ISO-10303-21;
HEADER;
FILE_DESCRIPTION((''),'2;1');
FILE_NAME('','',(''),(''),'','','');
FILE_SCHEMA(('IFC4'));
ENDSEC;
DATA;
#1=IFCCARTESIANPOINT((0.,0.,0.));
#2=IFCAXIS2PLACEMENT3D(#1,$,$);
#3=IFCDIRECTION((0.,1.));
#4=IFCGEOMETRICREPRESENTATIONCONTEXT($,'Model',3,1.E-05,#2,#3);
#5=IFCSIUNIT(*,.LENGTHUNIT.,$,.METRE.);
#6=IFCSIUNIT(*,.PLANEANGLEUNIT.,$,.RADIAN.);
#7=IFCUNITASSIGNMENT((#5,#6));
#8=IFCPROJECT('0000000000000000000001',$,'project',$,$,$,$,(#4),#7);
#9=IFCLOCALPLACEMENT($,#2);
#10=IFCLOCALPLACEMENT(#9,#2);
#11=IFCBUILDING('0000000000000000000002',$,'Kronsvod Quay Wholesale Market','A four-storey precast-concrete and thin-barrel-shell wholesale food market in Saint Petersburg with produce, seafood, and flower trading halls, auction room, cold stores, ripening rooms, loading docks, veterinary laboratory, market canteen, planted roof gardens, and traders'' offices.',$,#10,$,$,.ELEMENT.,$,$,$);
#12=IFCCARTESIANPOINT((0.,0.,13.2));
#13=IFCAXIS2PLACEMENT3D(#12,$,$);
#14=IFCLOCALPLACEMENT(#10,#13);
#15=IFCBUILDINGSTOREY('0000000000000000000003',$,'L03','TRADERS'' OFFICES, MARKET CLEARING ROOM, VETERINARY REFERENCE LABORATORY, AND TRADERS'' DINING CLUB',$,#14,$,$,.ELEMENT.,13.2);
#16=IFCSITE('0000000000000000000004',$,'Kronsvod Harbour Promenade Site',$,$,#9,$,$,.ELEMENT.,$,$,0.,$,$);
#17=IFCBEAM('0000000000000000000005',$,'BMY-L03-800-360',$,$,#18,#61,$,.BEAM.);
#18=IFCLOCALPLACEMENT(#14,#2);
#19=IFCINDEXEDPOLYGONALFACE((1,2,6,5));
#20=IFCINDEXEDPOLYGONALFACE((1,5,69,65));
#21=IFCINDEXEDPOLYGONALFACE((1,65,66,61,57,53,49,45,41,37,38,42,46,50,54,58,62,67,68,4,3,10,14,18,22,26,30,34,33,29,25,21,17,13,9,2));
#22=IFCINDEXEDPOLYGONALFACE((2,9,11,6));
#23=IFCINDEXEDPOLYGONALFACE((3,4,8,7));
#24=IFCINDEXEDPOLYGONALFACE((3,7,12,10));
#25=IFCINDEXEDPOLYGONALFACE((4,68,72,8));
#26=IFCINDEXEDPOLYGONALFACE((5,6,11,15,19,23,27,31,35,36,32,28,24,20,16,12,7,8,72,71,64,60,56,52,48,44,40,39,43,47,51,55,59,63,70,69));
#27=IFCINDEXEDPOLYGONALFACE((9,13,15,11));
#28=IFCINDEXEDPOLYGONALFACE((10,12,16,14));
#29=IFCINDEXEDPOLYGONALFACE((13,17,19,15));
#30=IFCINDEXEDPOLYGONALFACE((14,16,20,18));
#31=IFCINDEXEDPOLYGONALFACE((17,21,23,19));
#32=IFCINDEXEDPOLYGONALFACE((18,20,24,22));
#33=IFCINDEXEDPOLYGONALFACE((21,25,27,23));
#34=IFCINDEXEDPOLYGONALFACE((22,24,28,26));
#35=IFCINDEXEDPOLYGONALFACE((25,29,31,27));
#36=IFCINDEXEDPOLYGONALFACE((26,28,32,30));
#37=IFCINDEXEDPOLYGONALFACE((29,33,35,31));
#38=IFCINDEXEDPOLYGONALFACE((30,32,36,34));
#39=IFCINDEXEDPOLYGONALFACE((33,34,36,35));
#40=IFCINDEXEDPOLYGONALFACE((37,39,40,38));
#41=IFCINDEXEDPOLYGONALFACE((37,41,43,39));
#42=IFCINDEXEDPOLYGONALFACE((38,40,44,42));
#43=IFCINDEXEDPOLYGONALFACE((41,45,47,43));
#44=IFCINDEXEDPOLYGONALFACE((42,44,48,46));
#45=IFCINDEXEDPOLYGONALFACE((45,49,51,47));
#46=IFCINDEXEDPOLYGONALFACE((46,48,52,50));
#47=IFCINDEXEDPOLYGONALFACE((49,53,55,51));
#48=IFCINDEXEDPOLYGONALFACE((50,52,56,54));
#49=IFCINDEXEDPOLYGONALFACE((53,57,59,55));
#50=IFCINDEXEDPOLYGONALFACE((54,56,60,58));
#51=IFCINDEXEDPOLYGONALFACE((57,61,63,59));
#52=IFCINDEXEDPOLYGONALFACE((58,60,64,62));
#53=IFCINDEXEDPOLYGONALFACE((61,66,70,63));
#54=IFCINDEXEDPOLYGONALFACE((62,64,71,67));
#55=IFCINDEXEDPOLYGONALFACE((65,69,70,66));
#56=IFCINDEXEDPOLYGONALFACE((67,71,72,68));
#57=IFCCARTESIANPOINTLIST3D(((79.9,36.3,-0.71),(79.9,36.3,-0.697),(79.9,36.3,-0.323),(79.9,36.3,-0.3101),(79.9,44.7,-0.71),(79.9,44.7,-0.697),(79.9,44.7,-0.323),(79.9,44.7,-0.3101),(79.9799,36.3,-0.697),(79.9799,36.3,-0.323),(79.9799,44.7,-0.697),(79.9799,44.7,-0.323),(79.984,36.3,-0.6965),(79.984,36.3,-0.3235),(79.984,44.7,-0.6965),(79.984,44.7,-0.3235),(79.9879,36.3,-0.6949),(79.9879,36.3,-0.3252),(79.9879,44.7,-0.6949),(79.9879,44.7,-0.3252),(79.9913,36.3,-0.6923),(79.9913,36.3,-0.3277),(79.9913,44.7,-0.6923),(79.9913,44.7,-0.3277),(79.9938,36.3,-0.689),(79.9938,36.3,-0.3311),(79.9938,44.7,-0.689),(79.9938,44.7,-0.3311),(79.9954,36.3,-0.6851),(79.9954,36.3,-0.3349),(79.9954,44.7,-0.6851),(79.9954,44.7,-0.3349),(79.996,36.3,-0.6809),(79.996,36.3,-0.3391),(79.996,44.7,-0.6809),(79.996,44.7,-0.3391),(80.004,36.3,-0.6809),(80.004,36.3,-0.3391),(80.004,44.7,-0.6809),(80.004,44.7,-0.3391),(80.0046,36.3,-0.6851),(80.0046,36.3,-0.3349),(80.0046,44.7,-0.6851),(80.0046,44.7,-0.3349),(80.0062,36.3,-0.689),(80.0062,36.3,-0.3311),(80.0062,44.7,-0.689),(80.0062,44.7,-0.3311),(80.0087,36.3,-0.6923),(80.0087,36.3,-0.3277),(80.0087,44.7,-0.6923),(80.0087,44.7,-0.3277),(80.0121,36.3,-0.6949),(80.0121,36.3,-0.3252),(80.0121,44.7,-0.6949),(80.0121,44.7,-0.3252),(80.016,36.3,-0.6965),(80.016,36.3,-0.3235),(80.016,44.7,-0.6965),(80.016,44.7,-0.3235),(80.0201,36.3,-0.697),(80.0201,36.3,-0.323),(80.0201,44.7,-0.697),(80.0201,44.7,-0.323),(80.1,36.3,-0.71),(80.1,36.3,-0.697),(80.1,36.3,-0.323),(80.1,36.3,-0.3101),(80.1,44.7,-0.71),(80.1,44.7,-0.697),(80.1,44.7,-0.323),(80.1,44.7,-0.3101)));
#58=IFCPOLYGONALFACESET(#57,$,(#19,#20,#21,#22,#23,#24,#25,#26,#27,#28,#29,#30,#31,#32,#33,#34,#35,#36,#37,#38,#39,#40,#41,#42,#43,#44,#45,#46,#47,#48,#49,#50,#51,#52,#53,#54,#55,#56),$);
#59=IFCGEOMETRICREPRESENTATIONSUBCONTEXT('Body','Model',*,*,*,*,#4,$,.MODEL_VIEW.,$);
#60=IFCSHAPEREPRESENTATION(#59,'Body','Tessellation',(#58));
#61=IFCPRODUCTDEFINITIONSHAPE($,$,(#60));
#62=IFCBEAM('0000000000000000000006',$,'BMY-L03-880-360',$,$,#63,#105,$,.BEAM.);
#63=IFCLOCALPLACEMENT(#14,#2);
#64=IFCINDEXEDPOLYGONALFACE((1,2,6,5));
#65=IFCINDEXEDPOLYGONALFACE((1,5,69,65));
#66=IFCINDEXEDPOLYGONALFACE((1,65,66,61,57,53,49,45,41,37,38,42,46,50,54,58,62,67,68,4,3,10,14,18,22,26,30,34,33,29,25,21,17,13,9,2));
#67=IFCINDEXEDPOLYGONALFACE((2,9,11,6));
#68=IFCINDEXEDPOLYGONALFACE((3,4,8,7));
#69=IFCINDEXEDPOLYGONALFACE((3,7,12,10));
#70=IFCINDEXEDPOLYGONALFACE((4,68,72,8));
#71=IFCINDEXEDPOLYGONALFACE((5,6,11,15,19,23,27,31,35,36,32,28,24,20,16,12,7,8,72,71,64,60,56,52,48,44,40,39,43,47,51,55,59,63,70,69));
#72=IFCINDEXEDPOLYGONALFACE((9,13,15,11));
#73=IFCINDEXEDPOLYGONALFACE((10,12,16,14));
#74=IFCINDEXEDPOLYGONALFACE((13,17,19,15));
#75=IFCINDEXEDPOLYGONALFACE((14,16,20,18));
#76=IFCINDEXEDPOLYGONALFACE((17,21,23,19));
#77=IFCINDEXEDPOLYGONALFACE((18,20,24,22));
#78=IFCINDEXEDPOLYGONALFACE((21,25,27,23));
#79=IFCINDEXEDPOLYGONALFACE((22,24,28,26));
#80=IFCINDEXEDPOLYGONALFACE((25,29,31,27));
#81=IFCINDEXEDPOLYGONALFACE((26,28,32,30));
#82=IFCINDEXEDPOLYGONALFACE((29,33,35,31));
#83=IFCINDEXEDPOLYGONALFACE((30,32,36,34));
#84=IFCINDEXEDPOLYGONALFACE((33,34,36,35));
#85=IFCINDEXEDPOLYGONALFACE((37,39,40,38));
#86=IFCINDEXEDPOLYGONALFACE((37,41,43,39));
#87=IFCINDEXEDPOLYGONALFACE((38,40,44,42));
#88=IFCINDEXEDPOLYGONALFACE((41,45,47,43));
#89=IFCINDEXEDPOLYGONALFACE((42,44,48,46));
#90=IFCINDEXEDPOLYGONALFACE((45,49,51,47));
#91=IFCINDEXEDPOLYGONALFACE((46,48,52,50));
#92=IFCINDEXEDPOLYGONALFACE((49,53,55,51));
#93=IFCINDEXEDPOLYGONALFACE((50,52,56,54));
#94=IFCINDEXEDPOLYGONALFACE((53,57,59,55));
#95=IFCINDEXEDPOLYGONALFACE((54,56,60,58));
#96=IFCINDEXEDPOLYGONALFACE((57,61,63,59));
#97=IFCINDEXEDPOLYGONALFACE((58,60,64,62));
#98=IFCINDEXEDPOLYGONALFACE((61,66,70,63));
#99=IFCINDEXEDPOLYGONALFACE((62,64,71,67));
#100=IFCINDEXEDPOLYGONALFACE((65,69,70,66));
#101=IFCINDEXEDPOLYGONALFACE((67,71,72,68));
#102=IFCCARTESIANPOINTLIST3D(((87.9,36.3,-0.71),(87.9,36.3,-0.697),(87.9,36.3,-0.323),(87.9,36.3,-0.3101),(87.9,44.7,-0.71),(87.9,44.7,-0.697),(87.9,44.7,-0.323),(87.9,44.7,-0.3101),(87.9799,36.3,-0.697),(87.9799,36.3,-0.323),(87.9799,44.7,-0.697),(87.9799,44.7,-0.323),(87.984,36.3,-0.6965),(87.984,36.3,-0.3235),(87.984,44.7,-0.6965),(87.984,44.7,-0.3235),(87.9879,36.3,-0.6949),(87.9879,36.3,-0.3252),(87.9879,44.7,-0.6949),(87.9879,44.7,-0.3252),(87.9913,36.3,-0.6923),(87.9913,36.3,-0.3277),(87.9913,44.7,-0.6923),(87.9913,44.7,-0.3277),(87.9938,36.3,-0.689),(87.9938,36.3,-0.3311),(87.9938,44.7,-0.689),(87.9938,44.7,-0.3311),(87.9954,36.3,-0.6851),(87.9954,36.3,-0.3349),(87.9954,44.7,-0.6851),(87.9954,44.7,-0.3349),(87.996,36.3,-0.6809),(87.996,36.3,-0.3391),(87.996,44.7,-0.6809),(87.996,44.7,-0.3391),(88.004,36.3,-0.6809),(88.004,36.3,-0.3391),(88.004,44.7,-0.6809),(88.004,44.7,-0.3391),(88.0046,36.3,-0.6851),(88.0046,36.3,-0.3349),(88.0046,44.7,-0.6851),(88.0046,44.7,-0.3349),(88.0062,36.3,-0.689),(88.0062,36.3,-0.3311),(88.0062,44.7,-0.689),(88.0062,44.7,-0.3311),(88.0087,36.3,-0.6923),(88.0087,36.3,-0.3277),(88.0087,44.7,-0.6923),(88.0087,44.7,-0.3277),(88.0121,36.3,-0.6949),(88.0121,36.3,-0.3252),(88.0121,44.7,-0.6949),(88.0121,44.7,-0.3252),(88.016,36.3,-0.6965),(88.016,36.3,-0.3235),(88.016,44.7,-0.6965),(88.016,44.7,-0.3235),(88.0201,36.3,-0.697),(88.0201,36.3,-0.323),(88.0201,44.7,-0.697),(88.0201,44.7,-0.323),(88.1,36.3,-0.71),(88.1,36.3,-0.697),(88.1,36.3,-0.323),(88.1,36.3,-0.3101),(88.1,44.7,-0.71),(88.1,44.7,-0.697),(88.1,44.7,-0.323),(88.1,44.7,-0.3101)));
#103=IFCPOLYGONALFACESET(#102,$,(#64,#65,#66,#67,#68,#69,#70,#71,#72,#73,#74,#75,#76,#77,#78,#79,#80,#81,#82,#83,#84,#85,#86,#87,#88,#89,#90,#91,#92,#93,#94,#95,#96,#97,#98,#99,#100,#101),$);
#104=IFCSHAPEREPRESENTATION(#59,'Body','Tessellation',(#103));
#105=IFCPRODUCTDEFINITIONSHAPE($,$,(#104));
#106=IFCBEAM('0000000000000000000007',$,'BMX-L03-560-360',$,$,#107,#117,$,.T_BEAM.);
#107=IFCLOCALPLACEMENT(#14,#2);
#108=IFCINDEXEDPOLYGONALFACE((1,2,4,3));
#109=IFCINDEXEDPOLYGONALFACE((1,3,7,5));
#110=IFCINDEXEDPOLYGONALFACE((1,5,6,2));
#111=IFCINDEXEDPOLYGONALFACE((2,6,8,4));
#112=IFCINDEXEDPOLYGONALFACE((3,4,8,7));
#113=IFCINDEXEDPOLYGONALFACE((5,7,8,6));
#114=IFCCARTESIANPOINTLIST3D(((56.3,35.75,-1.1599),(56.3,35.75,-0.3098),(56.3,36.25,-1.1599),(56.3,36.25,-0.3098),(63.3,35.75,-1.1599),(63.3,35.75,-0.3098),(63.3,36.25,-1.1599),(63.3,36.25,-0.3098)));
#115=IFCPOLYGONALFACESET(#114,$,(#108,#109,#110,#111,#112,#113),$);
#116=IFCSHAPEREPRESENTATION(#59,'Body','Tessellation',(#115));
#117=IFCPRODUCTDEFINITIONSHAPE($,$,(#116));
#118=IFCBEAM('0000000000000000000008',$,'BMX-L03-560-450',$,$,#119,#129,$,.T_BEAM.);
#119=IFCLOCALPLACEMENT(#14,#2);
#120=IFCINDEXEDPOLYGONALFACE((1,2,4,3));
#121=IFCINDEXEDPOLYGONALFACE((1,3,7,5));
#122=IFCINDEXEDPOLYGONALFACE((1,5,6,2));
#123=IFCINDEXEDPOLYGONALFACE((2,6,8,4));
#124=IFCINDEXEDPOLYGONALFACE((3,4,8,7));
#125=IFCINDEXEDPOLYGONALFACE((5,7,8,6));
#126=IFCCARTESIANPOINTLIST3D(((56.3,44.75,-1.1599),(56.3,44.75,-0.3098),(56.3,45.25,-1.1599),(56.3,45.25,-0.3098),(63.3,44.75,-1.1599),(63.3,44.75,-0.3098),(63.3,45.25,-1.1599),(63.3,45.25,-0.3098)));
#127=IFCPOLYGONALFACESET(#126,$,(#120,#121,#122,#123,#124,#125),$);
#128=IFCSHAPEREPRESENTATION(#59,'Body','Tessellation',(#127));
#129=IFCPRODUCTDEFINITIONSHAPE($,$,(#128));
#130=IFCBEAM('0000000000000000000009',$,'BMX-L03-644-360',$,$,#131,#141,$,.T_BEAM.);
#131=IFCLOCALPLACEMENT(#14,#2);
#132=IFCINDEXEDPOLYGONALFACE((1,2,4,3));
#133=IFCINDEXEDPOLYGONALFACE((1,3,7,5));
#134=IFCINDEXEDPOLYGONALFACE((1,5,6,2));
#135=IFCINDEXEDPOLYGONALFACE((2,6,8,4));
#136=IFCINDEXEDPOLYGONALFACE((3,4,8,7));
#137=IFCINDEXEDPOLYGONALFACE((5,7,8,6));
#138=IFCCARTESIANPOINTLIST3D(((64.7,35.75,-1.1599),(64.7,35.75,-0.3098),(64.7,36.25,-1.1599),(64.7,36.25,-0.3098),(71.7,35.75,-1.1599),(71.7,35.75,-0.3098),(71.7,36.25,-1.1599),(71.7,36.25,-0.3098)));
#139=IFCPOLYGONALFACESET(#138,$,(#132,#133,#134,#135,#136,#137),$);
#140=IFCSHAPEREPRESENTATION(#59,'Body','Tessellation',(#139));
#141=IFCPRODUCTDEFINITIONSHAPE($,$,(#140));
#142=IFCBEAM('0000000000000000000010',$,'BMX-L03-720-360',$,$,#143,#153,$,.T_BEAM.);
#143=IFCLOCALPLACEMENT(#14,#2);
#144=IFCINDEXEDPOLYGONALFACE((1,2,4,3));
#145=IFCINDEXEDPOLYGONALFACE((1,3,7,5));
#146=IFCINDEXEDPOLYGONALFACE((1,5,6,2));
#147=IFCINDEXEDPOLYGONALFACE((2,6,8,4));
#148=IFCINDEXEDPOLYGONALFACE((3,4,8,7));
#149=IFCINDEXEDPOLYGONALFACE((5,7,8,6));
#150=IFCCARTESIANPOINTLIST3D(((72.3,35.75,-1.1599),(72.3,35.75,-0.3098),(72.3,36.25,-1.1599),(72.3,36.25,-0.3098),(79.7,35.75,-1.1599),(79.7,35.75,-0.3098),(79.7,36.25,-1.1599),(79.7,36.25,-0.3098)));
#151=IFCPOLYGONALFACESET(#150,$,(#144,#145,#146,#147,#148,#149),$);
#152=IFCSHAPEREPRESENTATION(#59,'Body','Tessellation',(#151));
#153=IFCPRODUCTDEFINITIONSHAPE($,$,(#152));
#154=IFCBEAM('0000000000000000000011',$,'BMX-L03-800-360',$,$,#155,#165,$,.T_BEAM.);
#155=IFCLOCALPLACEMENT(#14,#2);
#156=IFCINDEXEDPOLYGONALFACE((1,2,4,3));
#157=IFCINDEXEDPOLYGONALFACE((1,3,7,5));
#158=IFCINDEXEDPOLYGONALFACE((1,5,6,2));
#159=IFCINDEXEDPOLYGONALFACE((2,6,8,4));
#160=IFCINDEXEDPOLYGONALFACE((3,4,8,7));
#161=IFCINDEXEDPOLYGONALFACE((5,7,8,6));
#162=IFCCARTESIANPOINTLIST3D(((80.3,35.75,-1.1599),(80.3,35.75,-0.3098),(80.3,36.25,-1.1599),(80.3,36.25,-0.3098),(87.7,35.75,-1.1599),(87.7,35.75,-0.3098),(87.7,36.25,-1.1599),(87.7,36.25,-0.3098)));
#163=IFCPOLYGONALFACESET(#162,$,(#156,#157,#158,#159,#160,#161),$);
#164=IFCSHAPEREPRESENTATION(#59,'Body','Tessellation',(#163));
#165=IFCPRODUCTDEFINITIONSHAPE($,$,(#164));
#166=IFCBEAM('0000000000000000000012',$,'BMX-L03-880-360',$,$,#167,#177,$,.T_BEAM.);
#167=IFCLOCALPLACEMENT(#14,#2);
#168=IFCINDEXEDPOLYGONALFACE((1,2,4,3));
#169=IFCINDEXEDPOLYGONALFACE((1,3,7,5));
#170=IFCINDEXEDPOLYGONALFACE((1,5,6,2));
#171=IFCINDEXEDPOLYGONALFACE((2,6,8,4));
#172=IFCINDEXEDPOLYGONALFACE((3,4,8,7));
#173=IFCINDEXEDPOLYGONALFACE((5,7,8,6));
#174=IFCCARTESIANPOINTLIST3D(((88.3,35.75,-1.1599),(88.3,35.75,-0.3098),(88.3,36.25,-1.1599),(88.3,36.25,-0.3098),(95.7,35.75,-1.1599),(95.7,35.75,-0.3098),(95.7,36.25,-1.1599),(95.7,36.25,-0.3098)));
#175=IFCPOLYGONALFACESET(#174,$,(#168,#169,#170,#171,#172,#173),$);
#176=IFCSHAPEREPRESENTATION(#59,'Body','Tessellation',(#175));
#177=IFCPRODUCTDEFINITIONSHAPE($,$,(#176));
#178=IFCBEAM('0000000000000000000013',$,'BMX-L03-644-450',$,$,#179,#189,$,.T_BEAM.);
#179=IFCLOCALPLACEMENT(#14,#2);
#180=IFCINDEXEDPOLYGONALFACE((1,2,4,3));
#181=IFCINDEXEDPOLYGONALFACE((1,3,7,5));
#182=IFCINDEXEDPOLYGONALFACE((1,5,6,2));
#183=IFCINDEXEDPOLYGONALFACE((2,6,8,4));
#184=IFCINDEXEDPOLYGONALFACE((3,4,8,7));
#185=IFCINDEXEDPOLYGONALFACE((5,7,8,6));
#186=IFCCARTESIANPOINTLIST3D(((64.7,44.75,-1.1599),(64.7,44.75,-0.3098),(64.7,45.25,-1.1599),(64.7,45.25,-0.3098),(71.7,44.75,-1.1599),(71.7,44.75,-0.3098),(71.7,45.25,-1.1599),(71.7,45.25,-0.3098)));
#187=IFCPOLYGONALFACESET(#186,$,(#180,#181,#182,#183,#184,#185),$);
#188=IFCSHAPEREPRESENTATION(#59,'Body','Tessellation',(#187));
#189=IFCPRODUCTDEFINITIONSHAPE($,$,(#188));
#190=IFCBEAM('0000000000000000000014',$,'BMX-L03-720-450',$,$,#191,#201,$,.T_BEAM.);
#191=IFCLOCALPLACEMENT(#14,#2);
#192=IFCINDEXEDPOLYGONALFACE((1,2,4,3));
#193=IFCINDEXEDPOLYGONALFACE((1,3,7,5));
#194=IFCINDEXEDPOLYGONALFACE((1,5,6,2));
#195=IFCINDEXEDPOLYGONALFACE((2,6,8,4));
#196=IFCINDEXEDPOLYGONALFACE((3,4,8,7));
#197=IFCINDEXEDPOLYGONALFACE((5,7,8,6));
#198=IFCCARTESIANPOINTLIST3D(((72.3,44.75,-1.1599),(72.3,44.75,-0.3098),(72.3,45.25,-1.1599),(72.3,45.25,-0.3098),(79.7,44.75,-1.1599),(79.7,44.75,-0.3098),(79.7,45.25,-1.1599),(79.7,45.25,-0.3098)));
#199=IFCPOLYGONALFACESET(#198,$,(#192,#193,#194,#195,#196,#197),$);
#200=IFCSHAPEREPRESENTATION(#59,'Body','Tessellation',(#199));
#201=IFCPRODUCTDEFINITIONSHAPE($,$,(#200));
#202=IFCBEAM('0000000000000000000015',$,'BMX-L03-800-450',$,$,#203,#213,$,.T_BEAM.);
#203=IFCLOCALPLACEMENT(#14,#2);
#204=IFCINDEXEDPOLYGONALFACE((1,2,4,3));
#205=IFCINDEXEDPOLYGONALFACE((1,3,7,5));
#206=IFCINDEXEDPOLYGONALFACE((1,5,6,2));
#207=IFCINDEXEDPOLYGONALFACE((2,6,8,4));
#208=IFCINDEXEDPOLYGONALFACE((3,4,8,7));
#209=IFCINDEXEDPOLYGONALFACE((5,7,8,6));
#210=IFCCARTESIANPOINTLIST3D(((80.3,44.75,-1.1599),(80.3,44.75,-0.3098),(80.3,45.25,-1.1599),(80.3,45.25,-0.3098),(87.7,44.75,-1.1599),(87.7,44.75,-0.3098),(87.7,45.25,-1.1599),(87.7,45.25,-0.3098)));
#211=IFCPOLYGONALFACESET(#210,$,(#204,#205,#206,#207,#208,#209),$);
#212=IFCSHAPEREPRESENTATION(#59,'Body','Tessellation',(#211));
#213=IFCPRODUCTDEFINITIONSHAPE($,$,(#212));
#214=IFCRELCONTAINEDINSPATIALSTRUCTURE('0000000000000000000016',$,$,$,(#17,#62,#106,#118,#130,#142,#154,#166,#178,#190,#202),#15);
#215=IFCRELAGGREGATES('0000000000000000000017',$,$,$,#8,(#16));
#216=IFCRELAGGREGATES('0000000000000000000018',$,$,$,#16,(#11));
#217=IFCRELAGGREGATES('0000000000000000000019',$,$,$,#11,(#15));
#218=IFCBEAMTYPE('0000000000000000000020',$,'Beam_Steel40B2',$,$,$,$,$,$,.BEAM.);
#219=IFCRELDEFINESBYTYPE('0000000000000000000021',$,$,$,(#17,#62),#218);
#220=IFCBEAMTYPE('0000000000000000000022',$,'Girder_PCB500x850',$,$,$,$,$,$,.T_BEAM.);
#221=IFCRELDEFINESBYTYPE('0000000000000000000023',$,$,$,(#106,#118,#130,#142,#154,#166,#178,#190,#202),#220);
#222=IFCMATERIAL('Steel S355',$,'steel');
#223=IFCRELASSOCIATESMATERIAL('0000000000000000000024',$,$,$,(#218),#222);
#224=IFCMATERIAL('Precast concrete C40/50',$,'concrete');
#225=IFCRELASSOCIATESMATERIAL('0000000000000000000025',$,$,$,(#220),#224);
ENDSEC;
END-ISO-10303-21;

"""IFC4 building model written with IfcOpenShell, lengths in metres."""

from ifc_helpers import new_model, si_unit, direction, frame, origin, origin_2d, place, context, subcontext, project, spatial, rectangle, i_section, extrude, material, material_profile, profile_set, type_object, element, save


model = new_model("IFC4")

# Units and contexts
model_context = context("Model", 3, precision=1e-05, world=origin(), true_north=direction((0.0, 1.0)))
body_context = subcontext(model_context, "Body", "Model", "MODEL_VIEW")
ifc_project = project(units=[si_unit("LENGTHUNIT", "METRE"), si_unit("PLANEANGLEUNIT", "RADIAN")], contexts=[model_context])

# Site, building, storey
site_placement = place(None, origin())
site = spatial("IfcSite", under=ifc_project, at=site_placement, Name="Kronsvod Harbour Promenade Site", CompositionType="ELEMENT", RefElevation=0.0)
building_placement = place(site_placement, origin())
building = spatial("IfcBuilding", under=site, at=building_placement, Name="Kronsvod Quay Wholesale Market", Description="A four-storey precast-concrete and thin-barrel-shell wholesale food market in Saint Petersburg with produce, seafood, and flower trading halls, auction room, cold stores, ripening rooms, loading docks, veterinary laboratory, market canteen, planted roof gardens, and traders' offices.", CompositionType="ELEMENT")
storey_placement = place(building_placement, frame((0.0, 0.0, 13.2)))
storey = spatial("IfcBuildingStorey", under=building, at=storey_placement, Name="L03", Description="TRADERS' OFFICES, MARKET CLEARING ROOM, VETERINARY REFERENCE LABORATORY, AND TRADERS' DINING CLUB", CompositionType="ELEMENT", Elevation=13.2)

# Beams
ifc_material_1 = material(Name="Steel S355", Category="steel")
ifc_material_profile_1 = material_profile(ifc_material_1, i_section(OverallWidth=0.2, OverallDepth=0.3999, WebThickness=0.0081, FlangeThickness=0.0129, FilletRadius=0.0161, at=origin_2d()), Name="40B2")
ifc_profile_set_1 = profile_set([ifc_material_profile_1], Name="Steel S355")
beam_type_1 = type_object("IfcBeamType", Name="Beam_Steel40B2", PredefinedType="BEAM", material=ifc_profile_set_1)
for number, where, z_axis, x_axis, name in (
    (1, (80.0, 36.3, -0.51), (0.0, 1.0, 0.0), (-1.0, 0.0, 0.0), "BMY-L03-800-360"),
    (2, (88.0, 36.3, -0.51), (0.0, 1.0, 0.0), (-1.0, 0.0, 0.0), "BMY-L03-880-360"),
):
    element("IfcBeam", number, at=place(storey_placement, frame(where, z_axis=z_axis, x_axis=x_axis)), inside=storey, type_object=beam_type_1, Name=name, PredefinedType="BEAM", context=body_context, shape_type="SweptSolid", body=[
        extrude(i_section(OverallWidth=0.2, OverallDepth=0.3999, WebThickness=0.0081, FlangeThickness=0.0129, FilletRadius=0.0161, at=origin_2d()), origin(), (0.0, 0.0, 1.0), 8.3999),
    ])
ifc_material_2 = material(Name="Precast concrete C40/50", Category="concrete")
ifc_material_profile_2 = material_profile(ifc_material_2, rectangle(XDim=0.5, YDim=0.8501, at=origin_2d()), Name="PCB500x850")
ifc_profile_set_2 = profile_set([ifc_material_profile_2], Name="Precast concrete C40/50")
beam_type_2 = type_object("IfcBeamType", Name="Girder_PCB500x850", PredefinedType="T_BEAM", material=ifc_profile_set_2)
for number, where, z_axis, x_axis, name in (
    (3, (56.3, 36.0, -0.7349), (1.0, 0.0, 0.0), (0.0, 1.0, 0.0), "BMX-L03-560-360"),
    (4, (56.3, 45.0, -0.7349), (1.0, 0.0, 0.0), (0.0, 1.0, 0.0), "BMX-L03-560-450"),
    (5, (64.7, 36.0, -0.7349), (1.0, 0.0, 0.0), (0.0, 1.0, 0.0), "BMX-L03-644-360"),
):
    element("IfcBeam", number, at=place(storey_placement, frame(where, z_axis=z_axis, x_axis=x_axis)), inside=storey, type_object=beam_type_2, Name=name, PredefinedType="T_BEAM", context=body_context, shape_type="SweptSolid", body=[
        extrude(rectangle(XDim=0.5, YDim=0.8501, at=origin_2d()), origin(), (0.0, 0.0, 1.0), 7.0),
    ])
for number, where, z_axis, x_axis, name in (
    (6, (72.3, 36.0, -0.7349), (1.0, 0.0, 0.0), (0.0, 1.0, 0.0), "BMX-L03-720-360"),
    (7, (80.3, 36.0, -0.7349), (1.0, 0.0, 0.0), (0.0, 1.0, 0.0), "BMX-L03-800-360"),
    (8, (88.3, 36.0, -0.7349), (1.0, 0.0, 0.0), (0.0, 1.0, 0.0), "BMX-L03-880-360"),
):
    element("IfcBeam", number, at=place(storey_placement, frame(where, z_axis=z_axis, x_axis=x_axis)), inside=storey, type_object=beam_type_2, Name=name, PredefinedType="T_BEAM", context=body_context, shape_type="SweptSolid", body=[
        extrude(rectangle(XDim=0.5, YDim=0.8501, at=origin_2d()), origin(), (0.0, 0.0, 1.0), 7.3999),
    ])
beam_placement = place(storey_placement, frame((64.7, 45.0, -0.7349), z_axis=(1.0, 0.0, 0.0), x_axis=(0.0, 1.0, 0.0)))
element("IfcBeam", 9, at=beam_placement, inside=storey, type_object=beam_type_2, Name="BMX-L03-644-450", PredefinedType="T_BEAM", context=body_context, shape_type="SweptSolid", body=[
    extrude(rectangle(XDim=0.5, YDim=0.8501, at=origin_2d()), origin(), (0.0, 0.0, 1.0), 7.0),
])
for number, where, z_axis, x_axis, name in (
    (10, (72.3, 45.0, -0.7349), (1.0, 0.0, 0.0), (0.0, 1.0, 0.0), "BMX-L03-720-450"),
    (11, (80.3, 45.0, -0.7349), (1.0, 0.0, 0.0), (0.0, 1.0, 0.0), "BMX-L03-800-450"),
):
    element("IfcBeam", number, at=place(storey_placement, frame(where, z_axis=z_axis, x_axis=x_axis)), inside=storey, type_object=beam_type_2, Name=name, PredefinedType="T_BEAM", context=body_context, shape_type="SweptSolid", body=[
        extrude(rectangle(XDim=0.5, YDim=0.8501, at=origin_2d()), origin(), (0.0, 0.0, 1.0), 7.3999),
    ])

save(model, "model.ifc")
